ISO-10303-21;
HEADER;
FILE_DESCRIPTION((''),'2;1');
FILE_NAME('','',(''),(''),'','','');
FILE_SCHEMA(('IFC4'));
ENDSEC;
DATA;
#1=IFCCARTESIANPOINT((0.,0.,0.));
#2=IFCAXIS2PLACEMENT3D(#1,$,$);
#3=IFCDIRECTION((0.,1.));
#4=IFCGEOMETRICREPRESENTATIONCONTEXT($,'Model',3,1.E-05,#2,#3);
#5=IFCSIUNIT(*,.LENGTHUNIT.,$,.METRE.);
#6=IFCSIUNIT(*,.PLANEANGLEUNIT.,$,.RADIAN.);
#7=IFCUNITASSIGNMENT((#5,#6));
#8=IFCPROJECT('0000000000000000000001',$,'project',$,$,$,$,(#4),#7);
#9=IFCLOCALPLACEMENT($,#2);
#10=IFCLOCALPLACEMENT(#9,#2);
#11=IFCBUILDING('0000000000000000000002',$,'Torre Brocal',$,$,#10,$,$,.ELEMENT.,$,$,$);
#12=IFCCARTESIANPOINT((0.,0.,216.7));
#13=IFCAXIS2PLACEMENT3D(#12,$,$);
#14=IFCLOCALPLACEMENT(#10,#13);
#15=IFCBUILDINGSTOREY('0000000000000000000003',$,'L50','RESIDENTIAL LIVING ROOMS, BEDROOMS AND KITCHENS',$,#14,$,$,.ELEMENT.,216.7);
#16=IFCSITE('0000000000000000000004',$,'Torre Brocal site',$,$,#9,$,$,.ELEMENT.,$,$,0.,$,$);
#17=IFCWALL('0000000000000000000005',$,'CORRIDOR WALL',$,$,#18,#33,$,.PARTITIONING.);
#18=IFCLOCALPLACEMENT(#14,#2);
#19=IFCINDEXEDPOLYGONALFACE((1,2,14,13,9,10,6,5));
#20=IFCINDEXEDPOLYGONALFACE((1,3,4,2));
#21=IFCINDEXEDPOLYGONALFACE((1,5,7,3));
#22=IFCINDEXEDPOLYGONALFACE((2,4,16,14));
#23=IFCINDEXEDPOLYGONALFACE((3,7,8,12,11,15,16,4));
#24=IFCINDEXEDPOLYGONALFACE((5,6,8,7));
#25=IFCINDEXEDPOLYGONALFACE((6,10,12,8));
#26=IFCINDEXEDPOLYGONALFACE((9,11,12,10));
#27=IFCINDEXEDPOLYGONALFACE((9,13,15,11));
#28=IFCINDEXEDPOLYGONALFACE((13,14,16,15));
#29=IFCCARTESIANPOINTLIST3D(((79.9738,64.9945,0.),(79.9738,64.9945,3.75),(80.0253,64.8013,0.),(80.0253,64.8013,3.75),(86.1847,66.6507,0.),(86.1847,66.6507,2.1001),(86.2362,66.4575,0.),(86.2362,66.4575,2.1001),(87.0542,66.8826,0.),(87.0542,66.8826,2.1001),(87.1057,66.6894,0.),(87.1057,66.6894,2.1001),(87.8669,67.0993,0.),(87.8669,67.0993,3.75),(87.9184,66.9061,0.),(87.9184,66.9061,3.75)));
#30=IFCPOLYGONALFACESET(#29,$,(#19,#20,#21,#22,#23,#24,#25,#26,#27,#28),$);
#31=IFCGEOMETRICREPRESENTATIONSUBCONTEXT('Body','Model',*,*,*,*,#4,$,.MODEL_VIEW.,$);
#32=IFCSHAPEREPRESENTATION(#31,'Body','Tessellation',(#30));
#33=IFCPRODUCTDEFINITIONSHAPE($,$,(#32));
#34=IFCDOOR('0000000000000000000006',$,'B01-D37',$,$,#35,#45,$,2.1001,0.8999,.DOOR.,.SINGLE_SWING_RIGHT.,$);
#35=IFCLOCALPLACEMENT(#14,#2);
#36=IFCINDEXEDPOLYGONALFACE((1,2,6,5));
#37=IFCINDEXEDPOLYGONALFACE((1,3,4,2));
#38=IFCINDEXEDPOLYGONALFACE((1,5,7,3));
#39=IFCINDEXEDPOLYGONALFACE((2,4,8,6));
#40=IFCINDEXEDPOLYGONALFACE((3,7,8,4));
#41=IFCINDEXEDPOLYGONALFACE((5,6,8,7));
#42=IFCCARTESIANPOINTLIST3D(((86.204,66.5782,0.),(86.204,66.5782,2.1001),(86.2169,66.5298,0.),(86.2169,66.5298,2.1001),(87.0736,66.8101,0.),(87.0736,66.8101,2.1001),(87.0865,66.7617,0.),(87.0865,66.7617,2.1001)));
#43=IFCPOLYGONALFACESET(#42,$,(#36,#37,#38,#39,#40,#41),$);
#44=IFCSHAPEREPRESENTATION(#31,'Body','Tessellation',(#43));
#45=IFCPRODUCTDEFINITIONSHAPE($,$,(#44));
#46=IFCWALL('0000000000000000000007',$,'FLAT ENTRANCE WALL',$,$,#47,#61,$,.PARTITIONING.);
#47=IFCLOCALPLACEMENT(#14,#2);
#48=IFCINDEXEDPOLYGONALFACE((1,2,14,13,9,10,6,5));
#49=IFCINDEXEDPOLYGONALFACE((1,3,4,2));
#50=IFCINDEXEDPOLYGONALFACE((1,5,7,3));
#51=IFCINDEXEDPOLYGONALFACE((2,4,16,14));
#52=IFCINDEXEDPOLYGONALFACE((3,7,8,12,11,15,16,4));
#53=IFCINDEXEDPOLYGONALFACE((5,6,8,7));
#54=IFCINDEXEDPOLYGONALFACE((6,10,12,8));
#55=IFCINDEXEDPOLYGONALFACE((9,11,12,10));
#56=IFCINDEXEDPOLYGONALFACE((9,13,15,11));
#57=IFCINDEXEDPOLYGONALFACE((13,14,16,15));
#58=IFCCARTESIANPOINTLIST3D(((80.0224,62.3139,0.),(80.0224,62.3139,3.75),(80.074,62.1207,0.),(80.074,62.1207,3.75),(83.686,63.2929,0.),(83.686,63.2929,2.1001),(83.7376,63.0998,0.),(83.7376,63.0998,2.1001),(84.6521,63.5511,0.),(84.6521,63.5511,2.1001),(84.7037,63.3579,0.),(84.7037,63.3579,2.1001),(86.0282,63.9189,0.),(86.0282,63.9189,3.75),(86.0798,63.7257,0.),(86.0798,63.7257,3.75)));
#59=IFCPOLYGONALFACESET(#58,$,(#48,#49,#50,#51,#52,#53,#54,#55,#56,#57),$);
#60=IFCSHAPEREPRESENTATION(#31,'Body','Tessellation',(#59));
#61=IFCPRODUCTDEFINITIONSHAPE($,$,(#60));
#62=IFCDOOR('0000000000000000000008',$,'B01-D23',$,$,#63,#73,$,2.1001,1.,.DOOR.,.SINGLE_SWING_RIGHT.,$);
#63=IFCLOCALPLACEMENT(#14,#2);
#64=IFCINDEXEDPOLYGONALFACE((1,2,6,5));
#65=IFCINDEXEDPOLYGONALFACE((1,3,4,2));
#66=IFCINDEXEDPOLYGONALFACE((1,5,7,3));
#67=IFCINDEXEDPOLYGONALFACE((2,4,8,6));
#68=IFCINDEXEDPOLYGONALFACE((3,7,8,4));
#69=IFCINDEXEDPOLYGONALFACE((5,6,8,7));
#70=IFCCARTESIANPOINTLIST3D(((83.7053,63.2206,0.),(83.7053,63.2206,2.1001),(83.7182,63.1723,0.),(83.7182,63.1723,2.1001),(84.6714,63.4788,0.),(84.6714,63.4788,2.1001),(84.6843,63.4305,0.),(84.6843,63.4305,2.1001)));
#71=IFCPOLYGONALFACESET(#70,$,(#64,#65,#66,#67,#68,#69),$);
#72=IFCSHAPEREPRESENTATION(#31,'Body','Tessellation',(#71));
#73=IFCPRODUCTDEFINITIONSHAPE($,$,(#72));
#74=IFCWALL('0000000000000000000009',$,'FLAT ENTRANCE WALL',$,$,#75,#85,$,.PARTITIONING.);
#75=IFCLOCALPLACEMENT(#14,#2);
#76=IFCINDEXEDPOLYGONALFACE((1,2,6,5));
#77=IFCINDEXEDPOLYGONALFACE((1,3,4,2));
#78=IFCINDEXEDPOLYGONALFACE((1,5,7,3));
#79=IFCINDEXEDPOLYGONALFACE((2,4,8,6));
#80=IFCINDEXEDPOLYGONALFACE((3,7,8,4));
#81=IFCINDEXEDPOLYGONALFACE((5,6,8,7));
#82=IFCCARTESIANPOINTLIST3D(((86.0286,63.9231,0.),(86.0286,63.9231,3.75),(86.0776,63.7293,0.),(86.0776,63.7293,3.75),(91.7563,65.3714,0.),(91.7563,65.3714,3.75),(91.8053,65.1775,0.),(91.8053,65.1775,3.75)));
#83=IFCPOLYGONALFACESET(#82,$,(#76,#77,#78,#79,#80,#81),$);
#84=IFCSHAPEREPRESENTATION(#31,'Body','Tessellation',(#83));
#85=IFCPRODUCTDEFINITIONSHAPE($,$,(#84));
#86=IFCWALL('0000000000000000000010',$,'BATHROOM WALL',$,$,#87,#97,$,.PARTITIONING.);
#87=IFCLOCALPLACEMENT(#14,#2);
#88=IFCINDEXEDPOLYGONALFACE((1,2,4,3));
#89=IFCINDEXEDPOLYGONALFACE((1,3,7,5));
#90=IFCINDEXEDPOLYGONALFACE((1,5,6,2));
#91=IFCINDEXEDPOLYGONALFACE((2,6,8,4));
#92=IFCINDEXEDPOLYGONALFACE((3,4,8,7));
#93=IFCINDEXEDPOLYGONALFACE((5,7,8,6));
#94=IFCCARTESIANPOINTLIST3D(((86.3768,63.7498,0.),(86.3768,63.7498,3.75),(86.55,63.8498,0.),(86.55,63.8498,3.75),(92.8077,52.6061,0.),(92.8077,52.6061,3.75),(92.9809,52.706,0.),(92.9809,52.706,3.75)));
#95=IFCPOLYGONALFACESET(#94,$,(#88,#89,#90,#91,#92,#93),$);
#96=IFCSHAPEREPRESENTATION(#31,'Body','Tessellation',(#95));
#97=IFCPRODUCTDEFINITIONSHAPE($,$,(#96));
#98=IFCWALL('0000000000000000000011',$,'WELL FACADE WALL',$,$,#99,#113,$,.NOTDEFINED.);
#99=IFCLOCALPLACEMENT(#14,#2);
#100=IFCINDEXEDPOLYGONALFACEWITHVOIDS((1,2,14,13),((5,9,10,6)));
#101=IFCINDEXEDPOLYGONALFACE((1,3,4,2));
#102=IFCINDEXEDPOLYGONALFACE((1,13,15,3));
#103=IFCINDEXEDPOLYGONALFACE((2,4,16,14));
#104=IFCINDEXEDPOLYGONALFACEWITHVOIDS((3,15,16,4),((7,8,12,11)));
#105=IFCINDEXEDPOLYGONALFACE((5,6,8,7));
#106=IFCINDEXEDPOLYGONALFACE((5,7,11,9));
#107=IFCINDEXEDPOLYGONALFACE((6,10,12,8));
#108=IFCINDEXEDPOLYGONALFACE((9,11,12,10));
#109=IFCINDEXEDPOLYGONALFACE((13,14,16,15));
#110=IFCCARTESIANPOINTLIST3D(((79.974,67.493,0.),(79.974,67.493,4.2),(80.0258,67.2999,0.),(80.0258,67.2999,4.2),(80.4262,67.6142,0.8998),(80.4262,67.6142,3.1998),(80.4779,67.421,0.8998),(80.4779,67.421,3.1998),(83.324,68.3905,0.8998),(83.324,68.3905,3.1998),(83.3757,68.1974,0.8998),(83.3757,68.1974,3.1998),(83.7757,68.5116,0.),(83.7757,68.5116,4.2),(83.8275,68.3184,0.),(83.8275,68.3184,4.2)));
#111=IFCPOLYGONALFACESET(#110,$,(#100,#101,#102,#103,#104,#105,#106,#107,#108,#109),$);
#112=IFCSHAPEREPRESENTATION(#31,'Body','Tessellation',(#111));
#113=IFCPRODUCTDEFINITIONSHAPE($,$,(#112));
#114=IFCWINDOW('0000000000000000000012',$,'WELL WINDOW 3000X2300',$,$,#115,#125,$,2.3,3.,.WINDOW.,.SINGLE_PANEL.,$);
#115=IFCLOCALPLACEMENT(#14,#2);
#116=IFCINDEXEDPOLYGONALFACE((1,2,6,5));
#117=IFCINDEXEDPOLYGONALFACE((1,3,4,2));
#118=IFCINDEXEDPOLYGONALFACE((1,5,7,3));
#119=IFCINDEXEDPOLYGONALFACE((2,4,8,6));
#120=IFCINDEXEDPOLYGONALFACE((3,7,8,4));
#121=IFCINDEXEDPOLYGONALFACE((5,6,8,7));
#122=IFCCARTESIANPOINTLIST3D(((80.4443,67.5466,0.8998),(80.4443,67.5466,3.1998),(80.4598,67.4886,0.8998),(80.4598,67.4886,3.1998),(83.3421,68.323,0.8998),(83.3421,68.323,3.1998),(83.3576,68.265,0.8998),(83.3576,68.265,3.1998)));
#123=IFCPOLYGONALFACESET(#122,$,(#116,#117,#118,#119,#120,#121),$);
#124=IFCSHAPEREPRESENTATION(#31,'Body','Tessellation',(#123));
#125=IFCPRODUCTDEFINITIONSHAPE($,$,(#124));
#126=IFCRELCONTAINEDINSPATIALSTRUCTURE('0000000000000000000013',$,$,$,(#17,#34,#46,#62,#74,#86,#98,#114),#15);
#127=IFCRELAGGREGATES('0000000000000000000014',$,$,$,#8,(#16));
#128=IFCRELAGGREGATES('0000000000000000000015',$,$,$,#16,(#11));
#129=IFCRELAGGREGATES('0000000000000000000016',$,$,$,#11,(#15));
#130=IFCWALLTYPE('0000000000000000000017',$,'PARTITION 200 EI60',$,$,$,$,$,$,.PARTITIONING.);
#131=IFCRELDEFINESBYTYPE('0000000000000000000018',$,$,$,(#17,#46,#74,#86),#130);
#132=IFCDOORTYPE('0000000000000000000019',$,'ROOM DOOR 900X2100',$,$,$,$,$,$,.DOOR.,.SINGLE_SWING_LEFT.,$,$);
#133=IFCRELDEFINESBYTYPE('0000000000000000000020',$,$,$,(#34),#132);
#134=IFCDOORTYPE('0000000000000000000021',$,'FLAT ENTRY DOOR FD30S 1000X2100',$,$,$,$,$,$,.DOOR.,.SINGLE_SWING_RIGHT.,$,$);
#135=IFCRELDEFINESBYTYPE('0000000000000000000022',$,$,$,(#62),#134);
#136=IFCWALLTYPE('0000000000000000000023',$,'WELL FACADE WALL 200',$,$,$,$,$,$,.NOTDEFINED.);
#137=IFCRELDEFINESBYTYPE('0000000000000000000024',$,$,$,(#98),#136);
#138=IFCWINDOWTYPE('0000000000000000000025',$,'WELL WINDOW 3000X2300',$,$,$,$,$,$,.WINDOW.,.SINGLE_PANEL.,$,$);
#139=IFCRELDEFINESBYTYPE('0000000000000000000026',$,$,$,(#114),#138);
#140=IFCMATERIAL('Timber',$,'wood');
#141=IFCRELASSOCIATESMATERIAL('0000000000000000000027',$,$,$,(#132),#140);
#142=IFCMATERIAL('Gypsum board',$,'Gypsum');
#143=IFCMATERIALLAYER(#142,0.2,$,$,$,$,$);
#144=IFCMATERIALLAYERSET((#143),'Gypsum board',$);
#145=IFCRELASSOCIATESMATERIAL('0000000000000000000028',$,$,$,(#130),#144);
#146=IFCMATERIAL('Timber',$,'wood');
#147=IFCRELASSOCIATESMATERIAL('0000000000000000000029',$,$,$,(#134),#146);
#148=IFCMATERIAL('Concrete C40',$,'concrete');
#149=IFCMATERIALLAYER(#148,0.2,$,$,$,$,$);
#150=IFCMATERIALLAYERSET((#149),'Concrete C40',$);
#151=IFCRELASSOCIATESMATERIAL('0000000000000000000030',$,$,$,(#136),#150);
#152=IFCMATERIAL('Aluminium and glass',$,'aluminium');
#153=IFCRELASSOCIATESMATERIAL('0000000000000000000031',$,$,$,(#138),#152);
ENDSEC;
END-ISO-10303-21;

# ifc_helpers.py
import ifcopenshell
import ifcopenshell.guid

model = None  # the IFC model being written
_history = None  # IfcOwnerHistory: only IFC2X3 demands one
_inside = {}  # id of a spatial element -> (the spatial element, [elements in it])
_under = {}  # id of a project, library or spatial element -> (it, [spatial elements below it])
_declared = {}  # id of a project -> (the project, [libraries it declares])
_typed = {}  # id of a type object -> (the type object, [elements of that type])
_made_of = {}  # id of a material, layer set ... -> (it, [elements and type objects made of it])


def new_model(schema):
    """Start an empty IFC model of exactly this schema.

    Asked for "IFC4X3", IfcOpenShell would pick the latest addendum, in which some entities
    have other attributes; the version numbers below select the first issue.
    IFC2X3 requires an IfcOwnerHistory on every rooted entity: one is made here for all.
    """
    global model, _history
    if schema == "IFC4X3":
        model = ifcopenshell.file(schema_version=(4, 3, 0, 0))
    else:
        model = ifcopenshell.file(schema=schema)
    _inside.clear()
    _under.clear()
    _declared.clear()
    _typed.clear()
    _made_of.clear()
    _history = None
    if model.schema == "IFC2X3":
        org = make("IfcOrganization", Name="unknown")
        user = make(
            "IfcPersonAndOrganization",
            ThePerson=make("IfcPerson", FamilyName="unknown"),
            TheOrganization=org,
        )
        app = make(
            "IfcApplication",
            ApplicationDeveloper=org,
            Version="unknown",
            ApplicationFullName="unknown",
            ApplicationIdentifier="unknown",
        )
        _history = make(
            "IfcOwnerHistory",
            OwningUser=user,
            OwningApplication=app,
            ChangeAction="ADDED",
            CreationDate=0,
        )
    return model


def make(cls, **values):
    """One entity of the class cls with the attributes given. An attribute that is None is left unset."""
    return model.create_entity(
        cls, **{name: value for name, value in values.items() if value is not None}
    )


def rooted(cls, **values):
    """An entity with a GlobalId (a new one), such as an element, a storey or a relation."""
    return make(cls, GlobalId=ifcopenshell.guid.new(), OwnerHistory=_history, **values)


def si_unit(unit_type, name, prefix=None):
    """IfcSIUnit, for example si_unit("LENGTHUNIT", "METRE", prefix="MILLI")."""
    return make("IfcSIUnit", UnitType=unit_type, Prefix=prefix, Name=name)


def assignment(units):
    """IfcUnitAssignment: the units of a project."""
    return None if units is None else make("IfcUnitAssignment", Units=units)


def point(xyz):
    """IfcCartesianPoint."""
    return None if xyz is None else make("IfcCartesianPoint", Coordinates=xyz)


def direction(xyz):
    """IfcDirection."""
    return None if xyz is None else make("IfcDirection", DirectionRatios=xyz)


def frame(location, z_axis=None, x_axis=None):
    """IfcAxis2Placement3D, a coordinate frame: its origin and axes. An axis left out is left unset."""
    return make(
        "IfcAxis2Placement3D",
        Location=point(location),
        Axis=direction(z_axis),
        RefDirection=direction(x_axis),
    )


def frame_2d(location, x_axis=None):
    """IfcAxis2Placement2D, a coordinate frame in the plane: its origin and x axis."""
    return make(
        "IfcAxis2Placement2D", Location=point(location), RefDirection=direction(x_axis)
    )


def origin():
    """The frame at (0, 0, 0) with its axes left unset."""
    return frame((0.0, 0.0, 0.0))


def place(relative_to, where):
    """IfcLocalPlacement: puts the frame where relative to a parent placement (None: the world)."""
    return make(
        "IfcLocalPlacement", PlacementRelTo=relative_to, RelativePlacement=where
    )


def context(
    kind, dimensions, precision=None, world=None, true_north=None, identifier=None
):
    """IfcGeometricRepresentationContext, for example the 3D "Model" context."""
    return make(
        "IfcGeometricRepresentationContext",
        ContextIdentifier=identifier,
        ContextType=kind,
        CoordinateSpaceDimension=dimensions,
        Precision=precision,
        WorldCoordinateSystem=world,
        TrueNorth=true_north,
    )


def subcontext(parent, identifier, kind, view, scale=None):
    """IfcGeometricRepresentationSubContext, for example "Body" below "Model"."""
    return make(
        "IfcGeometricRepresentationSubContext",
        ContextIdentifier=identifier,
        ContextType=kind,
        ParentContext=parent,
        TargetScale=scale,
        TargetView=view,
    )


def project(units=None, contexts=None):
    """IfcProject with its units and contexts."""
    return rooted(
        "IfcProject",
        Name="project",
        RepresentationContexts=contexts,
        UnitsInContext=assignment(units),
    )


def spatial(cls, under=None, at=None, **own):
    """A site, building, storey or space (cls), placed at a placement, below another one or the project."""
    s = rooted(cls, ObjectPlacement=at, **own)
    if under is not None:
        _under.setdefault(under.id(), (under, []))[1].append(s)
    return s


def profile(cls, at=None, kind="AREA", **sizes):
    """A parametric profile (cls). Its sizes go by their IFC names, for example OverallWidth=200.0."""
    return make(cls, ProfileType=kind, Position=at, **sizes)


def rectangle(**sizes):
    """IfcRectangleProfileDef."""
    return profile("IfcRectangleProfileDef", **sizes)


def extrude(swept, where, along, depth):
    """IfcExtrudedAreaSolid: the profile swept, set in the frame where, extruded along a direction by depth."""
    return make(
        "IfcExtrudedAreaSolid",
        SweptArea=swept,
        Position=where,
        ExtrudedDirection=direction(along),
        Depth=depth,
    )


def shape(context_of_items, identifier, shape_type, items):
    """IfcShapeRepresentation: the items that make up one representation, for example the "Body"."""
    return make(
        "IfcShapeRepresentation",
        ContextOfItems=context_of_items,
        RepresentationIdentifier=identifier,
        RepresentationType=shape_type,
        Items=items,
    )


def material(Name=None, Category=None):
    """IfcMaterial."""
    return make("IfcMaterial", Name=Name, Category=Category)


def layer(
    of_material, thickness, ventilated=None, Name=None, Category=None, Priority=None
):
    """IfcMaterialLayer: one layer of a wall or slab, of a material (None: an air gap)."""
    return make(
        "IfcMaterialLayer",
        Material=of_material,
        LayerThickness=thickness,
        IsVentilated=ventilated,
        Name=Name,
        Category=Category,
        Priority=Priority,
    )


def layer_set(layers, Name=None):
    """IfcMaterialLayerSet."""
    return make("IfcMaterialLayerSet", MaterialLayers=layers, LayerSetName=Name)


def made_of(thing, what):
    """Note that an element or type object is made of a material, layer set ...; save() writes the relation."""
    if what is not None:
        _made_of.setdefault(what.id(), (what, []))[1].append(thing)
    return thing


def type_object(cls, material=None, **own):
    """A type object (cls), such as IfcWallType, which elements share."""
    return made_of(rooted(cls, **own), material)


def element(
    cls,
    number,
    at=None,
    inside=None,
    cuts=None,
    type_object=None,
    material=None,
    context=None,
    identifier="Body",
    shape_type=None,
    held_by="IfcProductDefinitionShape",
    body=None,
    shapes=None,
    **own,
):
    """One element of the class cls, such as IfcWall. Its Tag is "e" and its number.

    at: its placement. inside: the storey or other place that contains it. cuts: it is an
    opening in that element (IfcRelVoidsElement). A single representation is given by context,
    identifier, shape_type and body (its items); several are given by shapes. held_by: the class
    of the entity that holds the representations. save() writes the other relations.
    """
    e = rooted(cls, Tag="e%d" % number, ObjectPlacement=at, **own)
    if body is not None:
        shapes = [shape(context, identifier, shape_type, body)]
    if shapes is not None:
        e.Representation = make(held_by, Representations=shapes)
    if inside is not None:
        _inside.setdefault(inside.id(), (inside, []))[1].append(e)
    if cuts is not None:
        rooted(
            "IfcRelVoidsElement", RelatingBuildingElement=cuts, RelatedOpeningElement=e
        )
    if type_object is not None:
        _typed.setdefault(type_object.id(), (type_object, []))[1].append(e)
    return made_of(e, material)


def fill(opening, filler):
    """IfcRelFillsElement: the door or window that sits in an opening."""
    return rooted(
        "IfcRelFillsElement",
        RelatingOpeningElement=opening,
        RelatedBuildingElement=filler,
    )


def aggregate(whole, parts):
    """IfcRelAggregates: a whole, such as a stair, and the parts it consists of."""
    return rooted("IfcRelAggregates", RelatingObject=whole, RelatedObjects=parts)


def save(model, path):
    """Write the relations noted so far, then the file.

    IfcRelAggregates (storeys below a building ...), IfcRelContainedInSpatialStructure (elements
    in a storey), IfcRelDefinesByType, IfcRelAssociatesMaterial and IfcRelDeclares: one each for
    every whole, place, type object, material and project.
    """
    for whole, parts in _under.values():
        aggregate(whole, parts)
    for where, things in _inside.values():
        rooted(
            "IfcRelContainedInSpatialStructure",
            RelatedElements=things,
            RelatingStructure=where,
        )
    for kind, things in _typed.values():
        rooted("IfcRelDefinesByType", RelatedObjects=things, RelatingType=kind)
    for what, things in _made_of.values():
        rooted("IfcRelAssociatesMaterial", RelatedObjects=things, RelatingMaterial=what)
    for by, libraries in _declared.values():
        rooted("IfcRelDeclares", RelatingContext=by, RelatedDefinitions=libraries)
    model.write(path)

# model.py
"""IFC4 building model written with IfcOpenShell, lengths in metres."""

from ifc_helpers import new_model, si_unit, direction, frame, frame_2d, origin, place, context, subcontext, project, spatial, rectangle, extrude, material, layer, layer_set, type_object, element, fill, save


model = new_model("IFC4")

# Units and contexts
model_context = context("Model", 3, precision=1e-05, world=origin(), true_north=direction((0.0, 1.0)))
body_context = subcontext(model_context, "Body", "Model", "MODEL_VIEW")
ifc_project = project(units=[si_unit("LENGTHUNIT", "METRE"), si_unit("PLANEANGLEUNIT", "RADIAN")], contexts=[model_context])

# Site, building, storey
site_placement = place(None, origin())
site = spatial("IfcSite", under=ifc_project, at=site_placement, Name="Torre Brocal site", CompositionType="ELEMENT", RefElevation=0.0)
building_placement = place(site_placement, origin())
building = spatial("IfcBuilding", under=site, at=building_placement, Name="Torre Brocal", CompositionType="ELEMENT")
storey_placement = place(building_placement, frame((0.0, 0.0, 216.7)))
storey = spatial("IfcBuildingStorey", under=building, at=storey_placement, Name="L50", Description="RESIDENTIAL LIVING ROOMS, BEDROOMS AND KITCHENS", CompositionType="ELEMENT", Elevation=216.7)

# Shared definitions
ifc_material_1 = material(Name="Timber", Category="wood")
door_type_1 = type_object("IfcDoorType", Name="ROOM DOOR 900X2100", OperationType="SINGLE_SWING_LEFT", PredefinedType="DOOR", material=ifc_material_1)

# Walls, openings, doors
ifc_material_2 = material(Name="Gypsum board", Category="Gypsum")
ifc_layer_1 = layer(ifc_material_2, 0.2)
ifc_layer_set_1 = layer_set([ifc_layer_1], Name="Gypsum board")
wall_type_1 = type_object("IfcWallType", Name="PARTITION 200 EI60", PredefinedType="PARTITIONING", material=ifc_layer_set_1)
wall_1_placement = place(storey_placement, frame((79.9995, 64.8979, 0.0), z_axis=(0.0, 0.0, 1.0), x_axis=(0.966237, 0.257653, 0.0)))
wall_1 = element("IfcWall", 1, at=wall_1_placement, inside=storey, type_object=wall_type_1, Name="CORRIDOR WALL", PredefinedType="PARTITIONING", context=body_context, shape_type="SweptSolid", body=[
    extrude(rectangle(XDim=8.1689, YDim=0.2, at=frame_2d((4.0845, 0.0))), origin(), (0.0, 0.0, 1.0), 3.75),
])
opening_1_placement = place(wall_1_placement, frame((6.428, 0.0, 0.0)))
opening_1 = element("IfcOpeningElement", 2, at=opening_1_placement, cuts=wall_1, PredefinedType="OPENING", context=body_context, shape_type="SweptSolid", body=[
    extrude(rectangle(XDim=0.8999, YDim=2.1001, at=frame_2d((0.45, 1.05))), frame((0.0, 0.1099, 0.0), z_axis=(0.0, -1.0, 0.0), x_axis=(1.0, 0.0, 0.0)), (0.0, 0.0, 1.0), 0.22),
])
door_1_placement = place(opening_1_placement, origin())
door_1 = element("IfcDoor", 3, at=door_1_placement, inside=storey, type_object=door_type_1, Name="B01-D37", OperationType="SINGLE_SWING_RIGHT", OverallHeight=2.1001, OverallWidth=0.8999, PredefinedType="DOOR", context=body_context, shape_type="SweptSolid", body=[
    extrude(rectangle(XDim=0.8999, YDim=2.1001, at=frame_2d((0.45, 1.05))), frame((0.0, 0.0249, 0.0), z_axis=(0.0, -1.0, 0.0), x_axis=(1.0, 0.0, 0.0)), (0.0, 0.0, 1.0), 0.05),
])
fill(opening_1, door_1)
wall_2_placement = place(storey_placement, frame((80.0481, 62.2173, 0.0), z_axis=(0.0, 0.0, 1.0), x_axis=(0.966098, 0.258176, 0.0)))
wall_2 = element("IfcWall", 4, at=wall_2_placement, inside=storey, type_object=wall_type_1, Name="FLAT ENTRANCE WALL", PredefinedType="PARTITIONING", context=body_context, shape_type="SweptSolid", body=[
    extrude(rectangle(XDim=6.2166, YDim=0.2, at=frame_2d((3.1084, 0.0))), origin(), (0.0, 0.0, 1.0), 3.75),
])
opening_2_placement = place(wall_2_placement, frame((3.7922, 0.0, 0.0)))
opening_2 = element("IfcOpeningElement", 5, at=opening_2_placement, cuts=wall_2, PredefinedType="OPENING", context=body_context, shape_type="SweptSolid", body=[
    extrude(rectangle(XDim=1.0, YDim=2.1001, at=frame_2d((0.5, 1.05))), frame((0.0, 0.1099, 0.0), z_axis=(0.0, -1.0, 0.0), x_axis=(1.0, 0.0, 0.0)), (0.0, 0.0, 1.0), 0.22),
])
ifc_material_3 = material(Name="Timber", Category="wood")
door_type_2 = type_object("IfcDoorType", Name="FLAT ENTRY DOOR FD30S 1000X2100", OperationType="SINGLE_SWING_RIGHT", PredefinedType="DOOR", material=ifc_material_3)
door_2_placement = place(opening_2_placement, frame((1.0, 0.0, 0.0), z_axis=(0.0, 0.0, 1.0), x_axis=(-1.0, 0.0, 0.0)))
door_2 = element("IfcDoor", 6, at=door_2_placement, inside=storey, type_object=door_type_2, Name="B01-D23", OperationType="SINGLE_SWING_RIGHT", OverallHeight=2.1001, OverallWidth=1.0, PredefinedType="DOOR", context=body_context, shape_type="SweptSolid", body=[
    extrude(rectangle(XDim=1.0, YDim=2.1001, at=frame_2d((0.5, 1.05))), frame((0.0, 0.0249, 0.0), z_axis=(0.0, -1.0, 0.0), x_axis=(1.0, 0.0, 0.0)), (0.0, 0.0, 1.0), 0.05),
])
fill(opening_2, door_2)

# Walls
wall_3_placement = place(storey_placement, frame((86.053, 63.8262, 0.0), z_axis=(0.0, 0.0, 1.0), x_axis=(0.96949, 0.245131, 0.0)))
element("IfcWall", 7, at=wall_3_placement, inside=storey, type_object=wall_type_1, Name="FLAT ENTRANCE WALL", PredefinedType="PARTITIONING", context=body_context, shape_type="SweptSolid", body=[
    extrude(rectangle(XDim=5.908, YDim=0.2, at=frame_2d((2.9541, 0.0))), origin(), (0.0, 0.0, 1.0), 3.75),
])
wall_4_placement = place(storey_placement, frame((86.4634, 63.7998, 0.0), z_axis=(0.0, 0.0, 1.0), x_axis=(0.499827, -0.866125, 0.0)))
element("IfcWall", 8, at=wall_4_placement, inside=storey, type_object=wall_type_1, Name="BATHROOM WALL", PredefinedType="PARTITIONING", context=body_context, shape_type="SweptSolid", body=[
    extrude(rectangle(XDim=12.8662, YDim=0.2, at=frame_2d((6.4331, 0.0))), origin(), (0.0, 0.0, 1.0), 3.75),
])

# Wall, opening, window
ifc_material_4 = material(Name="Concrete C40", Category="concrete")
ifc_layer_2 = layer(ifc_material_4, 0.2)
ifc_layer_set_2 = layer_set([ifc_layer_2], Name="Concrete C40")
wall_type_2 = type_object("IfcWallType", Name="WELL FACADE WALL 200", PredefinedType="NOTDEFINED", material=ifc_layer_set_2)
wall_5_placement = place(storey_placement, frame((80.0, 67.3965, 0.0), z_axis=(0.0, 0.0, 1.0), x_axis=(0.965934, 0.25879, 0.0)))
wall_5 = element("IfcWall", 9, at=wall_5_placement, inside=storey, type_object=wall_type_2, Name="WELL FACADE WALL", PredefinedType="NOTDEFINED", context=body_context, shape_type="SweptSolid", body=[
    extrude(rectangle(XDim=3.9358, YDim=0.2, at=frame_2d((1.9678, 0.0))), origin(), (0.0, 0.0, 1.0), 4.2),
])
opening_3_placement = place(wall_5_placement, frame((0.468, 0.0, 0.8999)))
opening_3 = element("IfcOpeningElement", 10, at=opening_3_placement, cuts=wall_5, PredefinedType="OPENING", context=body_context, shape_type="SweptSolid", body=[
    extrude(rectangle(XDim=3.0, YDim=2.3, at=frame_2d((1.5, 1.1499))), frame((0.0, 0.1099, 0.0), z_axis=(0.0, -1.0, 0.0), x_axis=(1.0, 0.0, 0.0)), (0.0, 0.0, 1.0), 0.22),
])
ifc_material_5 = material(Name="Aluminium and glass", Category="aluminium")
window_type = type_object("IfcWindowType", Name="WELL WINDOW 3000X2300", PartitioningType="SINGLE_PANEL", PredefinedType="WINDOW", material=ifc_material_5)
window_placement = place(opening_3_placement, origin())
window = element("IfcWindow", 11, at=window_placement, inside=storey, type_object=window_type, Name="WELL WINDOW 3000X2300", OverallHeight=2.3, OverallWidth=3.0, PartitioningType="SINGLE_PANEL", PredefinedType="WINDOW", context=body_context, shape_type="SweptSolid", body=[
    extrude(rectangle(XDim=3.0, YDim=2.3, at=frame_2d((1.5, 1.1499))), frame((0.0, 0.03, 0.0), z_axis=(0.0, -1.0, 0.0), x_axis=(1.0, 0.0, 0.0)), (0.0, 0.0, 1.0), 0.0601),
])
fill(opening_3, window)

save(model, "model.ifc")
